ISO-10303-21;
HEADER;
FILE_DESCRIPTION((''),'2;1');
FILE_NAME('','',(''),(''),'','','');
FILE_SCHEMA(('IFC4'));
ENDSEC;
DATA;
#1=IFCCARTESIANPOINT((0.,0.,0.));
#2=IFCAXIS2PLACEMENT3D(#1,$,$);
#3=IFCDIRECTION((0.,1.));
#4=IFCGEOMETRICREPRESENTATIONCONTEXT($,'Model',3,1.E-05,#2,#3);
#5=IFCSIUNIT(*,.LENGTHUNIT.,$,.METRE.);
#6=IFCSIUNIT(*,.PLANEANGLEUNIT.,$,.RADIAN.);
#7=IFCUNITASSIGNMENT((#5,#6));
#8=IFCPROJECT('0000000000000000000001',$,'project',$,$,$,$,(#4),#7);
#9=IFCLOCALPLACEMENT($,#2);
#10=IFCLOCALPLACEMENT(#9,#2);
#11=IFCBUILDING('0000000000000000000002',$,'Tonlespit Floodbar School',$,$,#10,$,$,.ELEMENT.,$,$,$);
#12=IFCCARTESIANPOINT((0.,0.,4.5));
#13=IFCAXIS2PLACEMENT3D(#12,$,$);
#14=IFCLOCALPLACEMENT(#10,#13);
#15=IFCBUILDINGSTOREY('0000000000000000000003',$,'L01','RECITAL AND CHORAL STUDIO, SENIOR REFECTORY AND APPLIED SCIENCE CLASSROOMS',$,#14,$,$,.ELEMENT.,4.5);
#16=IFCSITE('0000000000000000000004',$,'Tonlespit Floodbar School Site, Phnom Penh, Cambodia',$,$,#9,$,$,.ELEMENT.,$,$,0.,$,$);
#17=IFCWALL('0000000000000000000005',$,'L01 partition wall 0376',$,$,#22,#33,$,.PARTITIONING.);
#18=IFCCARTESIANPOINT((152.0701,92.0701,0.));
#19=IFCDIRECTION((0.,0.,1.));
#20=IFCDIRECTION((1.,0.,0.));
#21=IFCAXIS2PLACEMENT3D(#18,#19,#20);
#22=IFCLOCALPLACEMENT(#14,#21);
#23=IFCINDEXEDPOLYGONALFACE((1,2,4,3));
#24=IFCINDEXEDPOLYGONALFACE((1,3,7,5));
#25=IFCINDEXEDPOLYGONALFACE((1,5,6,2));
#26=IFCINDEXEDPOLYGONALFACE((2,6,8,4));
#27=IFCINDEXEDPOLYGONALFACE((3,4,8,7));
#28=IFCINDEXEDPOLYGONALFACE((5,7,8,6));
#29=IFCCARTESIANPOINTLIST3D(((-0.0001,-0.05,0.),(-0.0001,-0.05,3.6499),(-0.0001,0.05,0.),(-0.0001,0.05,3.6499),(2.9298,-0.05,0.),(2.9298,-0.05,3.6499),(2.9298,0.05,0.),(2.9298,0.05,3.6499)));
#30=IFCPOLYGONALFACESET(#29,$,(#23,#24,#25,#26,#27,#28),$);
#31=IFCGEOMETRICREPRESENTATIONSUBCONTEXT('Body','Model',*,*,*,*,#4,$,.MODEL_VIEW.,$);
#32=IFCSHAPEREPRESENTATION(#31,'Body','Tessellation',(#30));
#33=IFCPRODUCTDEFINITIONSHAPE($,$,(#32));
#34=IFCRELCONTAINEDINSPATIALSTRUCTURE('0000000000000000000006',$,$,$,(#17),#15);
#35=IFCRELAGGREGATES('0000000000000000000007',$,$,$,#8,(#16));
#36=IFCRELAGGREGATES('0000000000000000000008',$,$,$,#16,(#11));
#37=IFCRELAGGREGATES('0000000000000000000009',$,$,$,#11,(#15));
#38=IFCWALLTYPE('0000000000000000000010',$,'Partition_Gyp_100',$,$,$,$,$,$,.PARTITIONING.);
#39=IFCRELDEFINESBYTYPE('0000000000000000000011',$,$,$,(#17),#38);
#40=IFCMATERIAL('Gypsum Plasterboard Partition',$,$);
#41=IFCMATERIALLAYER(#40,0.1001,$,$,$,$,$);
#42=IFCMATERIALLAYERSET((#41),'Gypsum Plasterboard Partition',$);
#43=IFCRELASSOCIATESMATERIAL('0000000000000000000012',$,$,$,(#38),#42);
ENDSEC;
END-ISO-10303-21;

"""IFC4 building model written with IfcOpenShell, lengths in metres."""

from ifc_helpers import new_model, si_unit, direction, frame, frame_2d, origin, place, context, subcontext, project, spatial, rectangle, extrude, material, layer, layer_set, type_object, element, save


model = new_model("IFC4")

# Units and contexts
model_context = context("Model", 3, precision=1e-05, world=origin(), true_north=direction((0.0, 1.0)))
body_context = subcontext(model_context, "Body", "Model", "MODEL_VIEW")
ifc_project = project(units=[si_unit("LENGTHUNIT", "METRE"), si_unit("PLANEANGLEUNIT", "RADIAN")], contexts=[model_context])

# Site, building, storey
site_placement = place(None, origin())
site = spatial("IfcSite", under=ifc_project, at=site_placement, Name="Tonlespit Floodbar School Site, Phnom Penh, Cambodia", CompositionType="ELEMENT", RefElevation=0.0)
building_placement = place(site_placement, origin())
building = spatial("IfcBuilding", under=site, at=building_placement, Name="Tonlespit Floodbar School", CompositionType="ELEMENT")
storey_placement = place(building_placement, frame((0.0, 0.0, 4.5)))
storey = spatial("IfcBuildingStorey", under=building, at=storey_placement, Name="L01", Description="RECITAL AND CHORAL STUDIO, SENIOR REFECTORY AND APPLIED SCIENCE CLASSROOMS", CompositionType="ELEMENT", Elevation=4.5)

# Wall
ifc_material_1 = material(Name="Gypsum Plasterboard Partition")
ifc_layer_1 = layer(ifc_material_1, 0.1001)
ifc_layer_set_1 = layer_set([ifc_layer_1], Name="Gypsum Plasterboard Partition")
wall_type_1 = type_object("IfcWallType", Name="Partition_Gyp_100", PredefinedType="PARTITIONING", material=ifc_layer_set_1)
wall_1_placement = place(storey_placement, frame((152.0701, 92.0701, 0.0), z_axis=(0.0, 0.0, 1.0), x_axis=(1.0, 0.0, 0.0)))
element("IfcWall", 1, at=wall_1_placement, inside=storey, type_object=wall_type_1, Name="L01 partition wall 0376", PredefinedType="PARTITIONING", context=body_context, shape_type="SweptSolid", body=[
    extrude(rectangle(XDim=2.9299, YDim=0.1001, at=frame_2d((1.4648, 0.0))), origin(), (0.0, 0.0, 1.0), 3.6499),
])

save(model, "model.ifc")
